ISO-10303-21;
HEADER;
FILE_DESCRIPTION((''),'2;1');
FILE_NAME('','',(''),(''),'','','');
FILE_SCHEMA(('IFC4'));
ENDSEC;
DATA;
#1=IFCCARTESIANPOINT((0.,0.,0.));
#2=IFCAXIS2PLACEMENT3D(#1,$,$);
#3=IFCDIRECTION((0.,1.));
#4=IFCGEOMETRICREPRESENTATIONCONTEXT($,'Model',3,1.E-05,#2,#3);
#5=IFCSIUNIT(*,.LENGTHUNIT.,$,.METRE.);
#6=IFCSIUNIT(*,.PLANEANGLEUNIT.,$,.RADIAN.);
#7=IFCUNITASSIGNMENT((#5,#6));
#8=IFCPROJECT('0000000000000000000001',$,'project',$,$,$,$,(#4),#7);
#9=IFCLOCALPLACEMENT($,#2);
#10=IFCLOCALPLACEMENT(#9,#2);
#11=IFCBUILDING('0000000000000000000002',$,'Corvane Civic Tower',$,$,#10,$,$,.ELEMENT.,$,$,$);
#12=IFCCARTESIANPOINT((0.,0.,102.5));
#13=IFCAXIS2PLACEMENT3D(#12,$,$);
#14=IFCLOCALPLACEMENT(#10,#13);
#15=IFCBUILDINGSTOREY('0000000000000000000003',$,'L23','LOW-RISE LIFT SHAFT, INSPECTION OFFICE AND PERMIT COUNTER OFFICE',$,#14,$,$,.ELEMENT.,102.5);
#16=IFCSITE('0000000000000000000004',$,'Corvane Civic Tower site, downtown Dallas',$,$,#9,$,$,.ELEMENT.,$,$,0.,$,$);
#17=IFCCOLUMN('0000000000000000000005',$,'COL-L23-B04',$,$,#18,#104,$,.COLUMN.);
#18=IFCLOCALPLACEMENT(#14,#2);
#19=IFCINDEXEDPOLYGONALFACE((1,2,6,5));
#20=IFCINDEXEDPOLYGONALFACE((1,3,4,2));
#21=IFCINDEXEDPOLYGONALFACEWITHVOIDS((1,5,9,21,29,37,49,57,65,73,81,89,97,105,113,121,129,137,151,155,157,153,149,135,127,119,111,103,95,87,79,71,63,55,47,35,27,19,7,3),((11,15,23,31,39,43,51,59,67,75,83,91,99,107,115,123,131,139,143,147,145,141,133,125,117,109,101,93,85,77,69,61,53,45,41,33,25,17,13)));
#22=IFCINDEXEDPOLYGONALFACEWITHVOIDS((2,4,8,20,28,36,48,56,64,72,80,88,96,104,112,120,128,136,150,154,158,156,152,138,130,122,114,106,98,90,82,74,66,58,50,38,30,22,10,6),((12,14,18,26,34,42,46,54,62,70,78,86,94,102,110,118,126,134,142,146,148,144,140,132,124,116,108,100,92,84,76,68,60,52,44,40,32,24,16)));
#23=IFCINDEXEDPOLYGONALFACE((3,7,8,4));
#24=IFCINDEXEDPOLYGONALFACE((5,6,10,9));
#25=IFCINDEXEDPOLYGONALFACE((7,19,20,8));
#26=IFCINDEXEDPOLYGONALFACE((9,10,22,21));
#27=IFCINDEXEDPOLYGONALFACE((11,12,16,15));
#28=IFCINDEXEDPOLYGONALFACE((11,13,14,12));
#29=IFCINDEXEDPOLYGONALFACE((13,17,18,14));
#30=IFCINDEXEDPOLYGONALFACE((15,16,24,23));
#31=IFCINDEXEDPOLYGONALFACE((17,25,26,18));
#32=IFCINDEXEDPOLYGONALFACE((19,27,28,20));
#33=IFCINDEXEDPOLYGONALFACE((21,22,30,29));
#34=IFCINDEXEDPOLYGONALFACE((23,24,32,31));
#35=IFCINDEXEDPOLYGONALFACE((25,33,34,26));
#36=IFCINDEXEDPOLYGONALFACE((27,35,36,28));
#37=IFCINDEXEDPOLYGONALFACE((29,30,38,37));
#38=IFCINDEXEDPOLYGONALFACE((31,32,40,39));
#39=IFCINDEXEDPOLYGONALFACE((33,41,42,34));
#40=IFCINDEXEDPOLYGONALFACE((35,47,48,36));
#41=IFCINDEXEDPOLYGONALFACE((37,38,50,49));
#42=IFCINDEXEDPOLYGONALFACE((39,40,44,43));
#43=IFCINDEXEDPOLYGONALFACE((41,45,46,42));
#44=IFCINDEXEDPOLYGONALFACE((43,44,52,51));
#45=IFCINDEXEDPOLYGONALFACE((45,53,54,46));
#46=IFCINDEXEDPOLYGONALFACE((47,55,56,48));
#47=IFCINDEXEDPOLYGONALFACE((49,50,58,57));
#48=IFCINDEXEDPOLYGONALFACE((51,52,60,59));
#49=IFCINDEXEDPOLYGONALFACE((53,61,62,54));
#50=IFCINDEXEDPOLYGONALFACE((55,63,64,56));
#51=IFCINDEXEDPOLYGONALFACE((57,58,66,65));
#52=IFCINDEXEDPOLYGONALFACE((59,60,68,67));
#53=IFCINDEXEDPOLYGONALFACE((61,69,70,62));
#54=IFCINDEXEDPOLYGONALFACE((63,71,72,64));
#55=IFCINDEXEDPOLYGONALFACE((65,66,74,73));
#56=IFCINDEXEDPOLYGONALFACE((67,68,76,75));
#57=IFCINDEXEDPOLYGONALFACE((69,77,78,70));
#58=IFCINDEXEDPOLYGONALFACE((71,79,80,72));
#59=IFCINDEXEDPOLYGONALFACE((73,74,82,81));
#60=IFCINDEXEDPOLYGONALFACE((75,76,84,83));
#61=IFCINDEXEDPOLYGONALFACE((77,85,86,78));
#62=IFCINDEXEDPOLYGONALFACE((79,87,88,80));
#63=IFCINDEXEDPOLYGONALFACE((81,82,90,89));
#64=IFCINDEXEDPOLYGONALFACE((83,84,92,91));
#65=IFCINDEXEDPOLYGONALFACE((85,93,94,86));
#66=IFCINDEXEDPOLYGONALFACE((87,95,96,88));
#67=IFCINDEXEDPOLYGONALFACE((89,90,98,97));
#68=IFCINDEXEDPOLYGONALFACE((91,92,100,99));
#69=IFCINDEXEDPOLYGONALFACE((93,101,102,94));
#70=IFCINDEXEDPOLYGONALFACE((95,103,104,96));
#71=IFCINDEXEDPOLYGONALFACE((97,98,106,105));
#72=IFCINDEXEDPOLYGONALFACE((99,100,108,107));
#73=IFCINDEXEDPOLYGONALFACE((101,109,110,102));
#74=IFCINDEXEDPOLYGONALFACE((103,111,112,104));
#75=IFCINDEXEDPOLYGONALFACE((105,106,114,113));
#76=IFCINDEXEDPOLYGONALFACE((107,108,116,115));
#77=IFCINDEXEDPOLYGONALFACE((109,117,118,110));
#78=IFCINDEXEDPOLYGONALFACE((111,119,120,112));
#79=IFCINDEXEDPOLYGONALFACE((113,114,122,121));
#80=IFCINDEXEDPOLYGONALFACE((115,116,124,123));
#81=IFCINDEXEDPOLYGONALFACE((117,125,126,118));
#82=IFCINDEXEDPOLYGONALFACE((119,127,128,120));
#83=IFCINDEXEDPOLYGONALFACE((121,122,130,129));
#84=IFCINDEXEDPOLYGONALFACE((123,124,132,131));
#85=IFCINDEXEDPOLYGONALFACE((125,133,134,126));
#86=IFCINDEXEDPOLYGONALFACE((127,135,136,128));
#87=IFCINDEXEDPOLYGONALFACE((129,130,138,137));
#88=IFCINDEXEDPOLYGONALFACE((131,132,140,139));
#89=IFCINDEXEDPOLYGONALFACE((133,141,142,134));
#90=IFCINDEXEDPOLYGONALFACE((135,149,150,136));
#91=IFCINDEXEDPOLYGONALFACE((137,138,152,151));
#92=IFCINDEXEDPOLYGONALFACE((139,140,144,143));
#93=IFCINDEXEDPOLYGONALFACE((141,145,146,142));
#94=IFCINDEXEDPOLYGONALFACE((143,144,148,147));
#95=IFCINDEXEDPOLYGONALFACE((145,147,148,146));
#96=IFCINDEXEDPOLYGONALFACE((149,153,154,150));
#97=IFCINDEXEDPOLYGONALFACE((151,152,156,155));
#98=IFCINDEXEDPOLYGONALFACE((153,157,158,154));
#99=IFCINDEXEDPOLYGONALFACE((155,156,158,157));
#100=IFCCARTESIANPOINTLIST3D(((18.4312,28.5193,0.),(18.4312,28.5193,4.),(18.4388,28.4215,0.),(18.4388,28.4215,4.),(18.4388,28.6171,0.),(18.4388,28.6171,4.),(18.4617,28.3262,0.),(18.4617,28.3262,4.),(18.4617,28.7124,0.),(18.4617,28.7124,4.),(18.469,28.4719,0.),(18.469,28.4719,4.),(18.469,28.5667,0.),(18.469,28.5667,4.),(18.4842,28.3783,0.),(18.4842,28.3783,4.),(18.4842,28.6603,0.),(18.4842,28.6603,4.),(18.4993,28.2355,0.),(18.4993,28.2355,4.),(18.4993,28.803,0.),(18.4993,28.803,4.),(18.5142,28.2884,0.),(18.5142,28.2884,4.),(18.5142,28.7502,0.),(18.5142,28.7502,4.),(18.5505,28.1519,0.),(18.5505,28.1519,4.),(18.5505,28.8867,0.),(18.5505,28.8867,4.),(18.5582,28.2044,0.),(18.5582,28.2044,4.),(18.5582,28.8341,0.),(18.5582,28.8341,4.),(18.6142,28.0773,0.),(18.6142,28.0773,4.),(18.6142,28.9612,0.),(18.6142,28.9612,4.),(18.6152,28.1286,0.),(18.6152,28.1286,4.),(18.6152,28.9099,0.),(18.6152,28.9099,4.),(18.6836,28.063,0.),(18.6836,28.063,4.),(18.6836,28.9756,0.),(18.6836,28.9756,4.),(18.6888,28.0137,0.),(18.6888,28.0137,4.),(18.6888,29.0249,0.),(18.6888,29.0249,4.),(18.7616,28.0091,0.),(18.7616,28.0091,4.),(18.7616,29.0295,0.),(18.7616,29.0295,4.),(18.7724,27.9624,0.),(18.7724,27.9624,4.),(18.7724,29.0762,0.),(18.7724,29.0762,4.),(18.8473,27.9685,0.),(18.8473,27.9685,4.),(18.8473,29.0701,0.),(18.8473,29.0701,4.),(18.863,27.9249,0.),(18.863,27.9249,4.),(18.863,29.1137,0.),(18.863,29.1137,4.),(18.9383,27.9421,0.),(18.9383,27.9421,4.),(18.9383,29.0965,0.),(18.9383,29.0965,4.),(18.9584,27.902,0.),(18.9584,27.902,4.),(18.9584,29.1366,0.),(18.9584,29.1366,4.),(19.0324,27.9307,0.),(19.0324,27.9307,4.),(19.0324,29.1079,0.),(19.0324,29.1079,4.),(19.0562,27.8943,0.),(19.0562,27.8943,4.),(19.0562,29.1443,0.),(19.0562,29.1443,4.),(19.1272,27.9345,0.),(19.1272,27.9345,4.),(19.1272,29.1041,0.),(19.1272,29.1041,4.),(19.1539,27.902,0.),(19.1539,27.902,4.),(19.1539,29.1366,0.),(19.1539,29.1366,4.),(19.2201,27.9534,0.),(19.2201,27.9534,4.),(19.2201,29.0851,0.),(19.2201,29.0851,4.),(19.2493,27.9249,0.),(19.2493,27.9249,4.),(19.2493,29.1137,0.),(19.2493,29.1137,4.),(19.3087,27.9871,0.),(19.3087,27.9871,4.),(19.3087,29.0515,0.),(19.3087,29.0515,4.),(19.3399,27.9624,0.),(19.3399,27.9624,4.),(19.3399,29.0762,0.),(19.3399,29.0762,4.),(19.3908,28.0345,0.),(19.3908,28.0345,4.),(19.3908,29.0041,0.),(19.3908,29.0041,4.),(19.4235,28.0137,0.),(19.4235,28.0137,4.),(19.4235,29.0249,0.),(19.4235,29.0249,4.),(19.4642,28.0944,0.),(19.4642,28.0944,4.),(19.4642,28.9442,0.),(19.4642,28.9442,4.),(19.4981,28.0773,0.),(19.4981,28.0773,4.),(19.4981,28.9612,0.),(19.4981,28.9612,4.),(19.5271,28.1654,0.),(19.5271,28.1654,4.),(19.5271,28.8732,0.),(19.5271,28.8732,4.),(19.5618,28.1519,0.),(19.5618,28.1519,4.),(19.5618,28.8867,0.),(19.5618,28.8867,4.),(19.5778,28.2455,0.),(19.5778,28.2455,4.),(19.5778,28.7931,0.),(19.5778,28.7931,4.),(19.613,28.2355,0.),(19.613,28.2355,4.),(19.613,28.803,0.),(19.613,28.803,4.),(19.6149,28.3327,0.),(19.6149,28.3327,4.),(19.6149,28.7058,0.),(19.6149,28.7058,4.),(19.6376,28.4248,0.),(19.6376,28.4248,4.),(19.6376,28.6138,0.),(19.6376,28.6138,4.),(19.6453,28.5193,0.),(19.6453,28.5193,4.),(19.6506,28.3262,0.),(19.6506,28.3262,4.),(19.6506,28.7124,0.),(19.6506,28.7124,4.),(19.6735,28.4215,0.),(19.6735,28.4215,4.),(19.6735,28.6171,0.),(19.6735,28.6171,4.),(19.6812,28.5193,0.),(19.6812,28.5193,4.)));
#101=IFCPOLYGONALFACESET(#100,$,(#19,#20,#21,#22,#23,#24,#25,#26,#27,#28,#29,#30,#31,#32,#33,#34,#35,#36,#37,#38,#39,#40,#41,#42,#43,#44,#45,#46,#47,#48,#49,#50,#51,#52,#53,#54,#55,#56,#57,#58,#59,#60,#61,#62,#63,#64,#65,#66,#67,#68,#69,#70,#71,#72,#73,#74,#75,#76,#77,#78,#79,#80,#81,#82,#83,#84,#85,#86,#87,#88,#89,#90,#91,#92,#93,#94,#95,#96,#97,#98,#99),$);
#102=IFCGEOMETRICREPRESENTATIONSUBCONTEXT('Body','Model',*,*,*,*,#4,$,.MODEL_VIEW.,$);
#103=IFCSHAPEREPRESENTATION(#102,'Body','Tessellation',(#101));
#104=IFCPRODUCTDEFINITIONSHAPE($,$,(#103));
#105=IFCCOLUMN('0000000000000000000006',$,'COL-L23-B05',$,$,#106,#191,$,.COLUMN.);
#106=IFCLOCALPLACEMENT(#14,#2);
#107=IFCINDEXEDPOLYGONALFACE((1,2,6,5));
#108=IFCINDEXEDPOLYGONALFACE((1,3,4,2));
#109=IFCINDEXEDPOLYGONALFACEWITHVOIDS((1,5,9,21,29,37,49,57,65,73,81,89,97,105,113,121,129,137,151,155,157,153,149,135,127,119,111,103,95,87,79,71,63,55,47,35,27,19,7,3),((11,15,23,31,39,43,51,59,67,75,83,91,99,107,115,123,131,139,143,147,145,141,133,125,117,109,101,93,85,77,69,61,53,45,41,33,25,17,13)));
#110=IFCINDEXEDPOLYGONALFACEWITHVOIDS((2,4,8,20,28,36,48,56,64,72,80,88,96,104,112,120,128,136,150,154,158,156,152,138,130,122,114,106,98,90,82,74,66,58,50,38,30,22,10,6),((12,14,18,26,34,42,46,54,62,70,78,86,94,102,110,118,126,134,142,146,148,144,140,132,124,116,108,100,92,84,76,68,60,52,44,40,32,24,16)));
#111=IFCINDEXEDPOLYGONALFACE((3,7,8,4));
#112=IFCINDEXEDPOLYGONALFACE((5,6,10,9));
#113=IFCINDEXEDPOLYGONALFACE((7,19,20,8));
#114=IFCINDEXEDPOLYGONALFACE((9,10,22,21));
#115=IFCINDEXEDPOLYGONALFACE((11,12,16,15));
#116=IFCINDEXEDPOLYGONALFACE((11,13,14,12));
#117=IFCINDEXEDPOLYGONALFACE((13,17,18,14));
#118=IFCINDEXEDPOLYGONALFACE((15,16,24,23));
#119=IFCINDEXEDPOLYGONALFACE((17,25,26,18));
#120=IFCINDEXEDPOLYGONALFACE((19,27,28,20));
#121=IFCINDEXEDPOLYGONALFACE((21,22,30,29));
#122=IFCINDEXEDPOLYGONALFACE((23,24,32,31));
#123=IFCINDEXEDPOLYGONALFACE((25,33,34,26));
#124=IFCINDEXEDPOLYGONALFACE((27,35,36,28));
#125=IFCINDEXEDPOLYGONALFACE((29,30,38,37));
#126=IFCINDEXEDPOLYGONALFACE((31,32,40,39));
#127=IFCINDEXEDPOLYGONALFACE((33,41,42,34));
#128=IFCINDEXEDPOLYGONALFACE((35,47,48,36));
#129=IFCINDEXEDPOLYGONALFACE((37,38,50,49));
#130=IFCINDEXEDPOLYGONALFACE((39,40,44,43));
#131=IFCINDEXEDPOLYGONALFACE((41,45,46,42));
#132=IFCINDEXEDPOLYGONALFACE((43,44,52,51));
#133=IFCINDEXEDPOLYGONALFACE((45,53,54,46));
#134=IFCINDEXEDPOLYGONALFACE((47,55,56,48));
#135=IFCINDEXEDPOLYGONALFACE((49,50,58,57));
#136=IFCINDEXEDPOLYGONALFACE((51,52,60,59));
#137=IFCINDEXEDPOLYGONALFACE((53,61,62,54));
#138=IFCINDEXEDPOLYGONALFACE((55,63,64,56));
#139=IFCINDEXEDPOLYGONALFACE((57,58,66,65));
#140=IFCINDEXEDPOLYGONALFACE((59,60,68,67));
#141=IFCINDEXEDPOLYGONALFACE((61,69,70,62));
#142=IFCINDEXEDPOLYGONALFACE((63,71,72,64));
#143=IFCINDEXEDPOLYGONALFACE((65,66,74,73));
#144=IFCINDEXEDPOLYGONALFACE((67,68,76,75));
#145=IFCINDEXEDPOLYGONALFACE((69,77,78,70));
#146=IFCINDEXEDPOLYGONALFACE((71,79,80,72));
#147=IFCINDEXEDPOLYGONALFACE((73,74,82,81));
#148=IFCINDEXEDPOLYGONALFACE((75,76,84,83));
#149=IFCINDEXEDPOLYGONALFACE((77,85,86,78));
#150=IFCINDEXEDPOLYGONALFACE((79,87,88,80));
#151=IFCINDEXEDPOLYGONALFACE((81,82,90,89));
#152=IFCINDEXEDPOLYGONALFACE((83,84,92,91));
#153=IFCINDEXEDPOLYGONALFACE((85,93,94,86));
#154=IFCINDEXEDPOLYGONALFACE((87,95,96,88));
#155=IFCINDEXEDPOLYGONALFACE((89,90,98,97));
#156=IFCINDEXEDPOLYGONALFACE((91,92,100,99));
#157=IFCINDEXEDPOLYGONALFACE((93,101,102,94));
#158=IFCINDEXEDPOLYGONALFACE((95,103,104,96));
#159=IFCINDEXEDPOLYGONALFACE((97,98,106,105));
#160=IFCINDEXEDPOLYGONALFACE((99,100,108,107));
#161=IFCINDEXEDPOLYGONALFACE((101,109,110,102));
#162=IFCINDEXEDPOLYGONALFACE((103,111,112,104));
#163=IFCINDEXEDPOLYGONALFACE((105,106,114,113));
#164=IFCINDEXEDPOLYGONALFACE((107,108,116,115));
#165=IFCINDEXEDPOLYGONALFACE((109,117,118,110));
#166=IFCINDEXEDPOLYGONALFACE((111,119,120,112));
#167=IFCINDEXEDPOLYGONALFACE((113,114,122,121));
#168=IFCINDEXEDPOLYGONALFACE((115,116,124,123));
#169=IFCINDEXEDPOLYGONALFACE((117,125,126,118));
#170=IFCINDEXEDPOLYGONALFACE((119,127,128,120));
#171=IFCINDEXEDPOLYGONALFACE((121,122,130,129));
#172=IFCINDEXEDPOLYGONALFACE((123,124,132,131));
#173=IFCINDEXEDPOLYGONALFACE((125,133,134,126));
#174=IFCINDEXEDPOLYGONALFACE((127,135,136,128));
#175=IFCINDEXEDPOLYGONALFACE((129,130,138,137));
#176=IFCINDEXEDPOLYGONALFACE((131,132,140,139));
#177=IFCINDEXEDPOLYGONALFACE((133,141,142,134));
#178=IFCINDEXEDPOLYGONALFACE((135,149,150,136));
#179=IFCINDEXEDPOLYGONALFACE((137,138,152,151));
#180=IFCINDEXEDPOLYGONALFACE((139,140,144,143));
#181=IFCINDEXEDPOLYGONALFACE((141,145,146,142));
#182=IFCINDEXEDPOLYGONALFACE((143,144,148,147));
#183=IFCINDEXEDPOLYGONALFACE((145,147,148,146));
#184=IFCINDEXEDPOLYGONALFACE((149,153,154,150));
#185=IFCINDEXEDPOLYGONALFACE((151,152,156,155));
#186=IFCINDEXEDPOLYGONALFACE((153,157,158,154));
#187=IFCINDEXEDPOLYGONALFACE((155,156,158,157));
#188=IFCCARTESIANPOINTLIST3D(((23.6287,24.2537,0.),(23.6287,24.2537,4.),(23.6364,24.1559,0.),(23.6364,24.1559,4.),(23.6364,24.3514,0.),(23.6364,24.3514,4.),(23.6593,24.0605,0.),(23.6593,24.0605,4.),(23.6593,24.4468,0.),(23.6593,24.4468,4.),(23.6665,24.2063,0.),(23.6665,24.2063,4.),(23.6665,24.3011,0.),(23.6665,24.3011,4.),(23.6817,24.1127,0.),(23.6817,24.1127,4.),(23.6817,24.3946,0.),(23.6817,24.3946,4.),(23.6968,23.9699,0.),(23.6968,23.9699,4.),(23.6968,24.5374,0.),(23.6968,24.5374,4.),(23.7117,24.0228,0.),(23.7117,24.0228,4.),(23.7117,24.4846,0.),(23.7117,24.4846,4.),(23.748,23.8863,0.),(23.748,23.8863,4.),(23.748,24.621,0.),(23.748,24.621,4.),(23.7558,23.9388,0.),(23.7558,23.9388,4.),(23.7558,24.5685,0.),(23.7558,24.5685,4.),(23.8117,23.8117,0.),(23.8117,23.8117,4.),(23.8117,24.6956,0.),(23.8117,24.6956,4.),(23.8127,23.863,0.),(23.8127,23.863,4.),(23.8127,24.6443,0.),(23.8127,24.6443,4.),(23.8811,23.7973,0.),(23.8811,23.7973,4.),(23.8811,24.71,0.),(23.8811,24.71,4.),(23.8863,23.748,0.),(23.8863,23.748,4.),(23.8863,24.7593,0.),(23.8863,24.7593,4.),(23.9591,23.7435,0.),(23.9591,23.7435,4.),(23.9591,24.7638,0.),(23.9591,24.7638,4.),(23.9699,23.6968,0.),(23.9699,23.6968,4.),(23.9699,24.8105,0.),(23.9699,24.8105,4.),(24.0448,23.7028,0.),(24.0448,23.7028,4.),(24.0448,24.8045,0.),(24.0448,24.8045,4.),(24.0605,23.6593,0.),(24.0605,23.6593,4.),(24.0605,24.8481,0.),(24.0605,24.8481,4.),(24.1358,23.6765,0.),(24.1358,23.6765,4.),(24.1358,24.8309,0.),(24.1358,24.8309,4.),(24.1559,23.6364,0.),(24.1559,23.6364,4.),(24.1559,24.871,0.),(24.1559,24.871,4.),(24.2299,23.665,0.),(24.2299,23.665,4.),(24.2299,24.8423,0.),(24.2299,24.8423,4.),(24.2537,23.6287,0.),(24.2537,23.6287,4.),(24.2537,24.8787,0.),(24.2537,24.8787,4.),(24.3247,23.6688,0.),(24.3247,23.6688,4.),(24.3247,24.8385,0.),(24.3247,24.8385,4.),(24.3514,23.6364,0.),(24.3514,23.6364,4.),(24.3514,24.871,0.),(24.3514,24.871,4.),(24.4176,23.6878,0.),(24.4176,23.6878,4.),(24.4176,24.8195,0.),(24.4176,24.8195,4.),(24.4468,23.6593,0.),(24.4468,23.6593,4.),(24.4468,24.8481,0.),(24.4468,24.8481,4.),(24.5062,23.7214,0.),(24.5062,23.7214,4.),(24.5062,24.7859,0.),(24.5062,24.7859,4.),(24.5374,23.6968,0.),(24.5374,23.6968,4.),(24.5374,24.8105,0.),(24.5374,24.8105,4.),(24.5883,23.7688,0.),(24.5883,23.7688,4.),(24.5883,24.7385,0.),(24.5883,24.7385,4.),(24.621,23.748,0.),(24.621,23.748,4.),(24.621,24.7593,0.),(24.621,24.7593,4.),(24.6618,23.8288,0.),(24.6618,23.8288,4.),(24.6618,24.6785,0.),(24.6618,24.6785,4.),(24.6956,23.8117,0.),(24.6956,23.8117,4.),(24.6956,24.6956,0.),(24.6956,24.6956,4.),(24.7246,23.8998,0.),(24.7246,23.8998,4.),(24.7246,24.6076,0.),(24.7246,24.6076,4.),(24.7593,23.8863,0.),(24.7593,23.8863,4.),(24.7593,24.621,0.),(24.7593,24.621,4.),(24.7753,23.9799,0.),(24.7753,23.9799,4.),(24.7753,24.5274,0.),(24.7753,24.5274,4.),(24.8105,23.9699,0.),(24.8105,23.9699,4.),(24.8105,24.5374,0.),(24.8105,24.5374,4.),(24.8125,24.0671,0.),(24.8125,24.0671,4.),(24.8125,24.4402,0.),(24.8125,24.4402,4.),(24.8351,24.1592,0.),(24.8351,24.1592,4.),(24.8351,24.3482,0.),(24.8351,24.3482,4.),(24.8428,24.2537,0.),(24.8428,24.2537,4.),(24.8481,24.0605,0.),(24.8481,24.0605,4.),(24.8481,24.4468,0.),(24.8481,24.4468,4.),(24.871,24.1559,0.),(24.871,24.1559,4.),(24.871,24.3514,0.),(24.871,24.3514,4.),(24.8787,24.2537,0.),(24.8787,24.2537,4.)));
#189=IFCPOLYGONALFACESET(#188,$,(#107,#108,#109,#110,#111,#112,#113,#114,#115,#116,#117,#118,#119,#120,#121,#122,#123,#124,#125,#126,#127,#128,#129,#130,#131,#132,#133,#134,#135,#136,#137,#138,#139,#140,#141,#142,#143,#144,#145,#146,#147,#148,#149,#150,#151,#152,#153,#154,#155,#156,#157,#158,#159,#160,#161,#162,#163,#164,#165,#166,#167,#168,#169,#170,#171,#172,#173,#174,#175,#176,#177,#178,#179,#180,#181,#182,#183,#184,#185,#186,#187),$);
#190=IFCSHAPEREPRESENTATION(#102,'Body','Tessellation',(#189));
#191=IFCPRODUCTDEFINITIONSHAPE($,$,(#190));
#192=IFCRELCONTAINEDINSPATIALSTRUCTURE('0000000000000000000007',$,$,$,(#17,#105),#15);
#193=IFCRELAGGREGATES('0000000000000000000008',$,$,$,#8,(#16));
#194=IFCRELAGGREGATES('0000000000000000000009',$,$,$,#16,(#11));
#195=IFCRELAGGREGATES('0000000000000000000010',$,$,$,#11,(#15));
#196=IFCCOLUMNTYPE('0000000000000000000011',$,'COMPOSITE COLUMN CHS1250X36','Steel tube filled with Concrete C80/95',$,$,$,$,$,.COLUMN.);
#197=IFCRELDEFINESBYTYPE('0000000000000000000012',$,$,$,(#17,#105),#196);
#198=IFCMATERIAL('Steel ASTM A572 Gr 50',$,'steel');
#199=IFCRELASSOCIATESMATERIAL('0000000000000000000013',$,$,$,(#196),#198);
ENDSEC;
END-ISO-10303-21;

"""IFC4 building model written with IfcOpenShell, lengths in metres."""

from ifc_helpers import new_model, si_unit, direction, frame, origin, origin_2d, place, context, subcontext, project, spatial, hollow_circle, extrude, material, material_profile, profile_set, type_object, element, save


model = new_model("IFC4")

# Units and contexts
model_context = context("Model", 3, precision=1e-05, world=origin(), true_north=direction((0.0, 1.0)))
body_context = subcontext(model_context, "Body", "Model", "MODEL_VIEW")
ifc_project = project(units=[si_unit("LENGTHUNIT", "METRE"), si_unit("PLANEANGLEUNIT", "RADIAN")], contexts=[model_context])

# Site, building, storey
site_placement = place(None, origin())
site = spatial("IfcSite", under=ifc_project, at=site_placement, Name="Corvane Civic Tower site, downtown Dallas", CompositionType="ELEMENT", RefElevation=0.0)
building_placement = place(site_placement, origin())
building = spatial("IfcBuilding", under=site, at=building_placement, Name="Corvane Civic Tower", CompositionType="ELEMENT")
storey_placement = place(building_placement, frame((0.0, 0.0, 102.5)))
storey = spatial("IfcBuildingStorey", under=building, at=storey_placement, Name="L23", Description="LOW-RISE LIFT SHAFT, INSPECTION OFFICE AND PERMIT COUNTER OFFICE", CompositionType="ELEMENT", Elevation=102.5)

# Columns
ifc_material_1 = material(Name="Steel ASTM A572 Gr 50", Category="steel")
ifc_material_profile_1 = material_profile(ifc_material_1, hollow_circle(Radius=0.625, WallThickness=0.0359, at=origin_2d()), Name="CHS1250X36")
ifc_profile_set_1 = profile_set([ifc_material_profile_1], Name="Steel ASTM A572 Gr 50")
column_type = type_object("IfcColumnType", Name="COMPOSITE COLUMN CHS1250X36", Description="Steel tube filled with Concrete C80/95", PredefinedType="COLUMN", material=ifc_profile_set_1)
for number, where, z_axis, x_axis, name in (
    (1, (19.0562, 28.5193, 0.0), (0.0, 0.0, 1.0), (1.0, 0.0, 0.0), "COL-L23-B04"),
    (2, (24.2537, 24.2537, 0.0), (0.0, 0.0, 1.0), (1.0, 0.0, 0.0), "COL-L23-B05"),
):
    element("IfcColumn", number, at=place(storey_placement, frame(where, z_axis=z_axis, x_axis=x_axis)), inside=storey, type_object=column_type, Name=name, PredefinedType="COLUMN", context=body_context, shape_type="SweptSolid", body=[
        extrude(hollow_circle(Radius=0.625, WallThickness=0.0359, at=origin_2d()), origin(), (0.0, 0.0, 1.0), 4.0),
    ])

save(model, "model.ifc")
